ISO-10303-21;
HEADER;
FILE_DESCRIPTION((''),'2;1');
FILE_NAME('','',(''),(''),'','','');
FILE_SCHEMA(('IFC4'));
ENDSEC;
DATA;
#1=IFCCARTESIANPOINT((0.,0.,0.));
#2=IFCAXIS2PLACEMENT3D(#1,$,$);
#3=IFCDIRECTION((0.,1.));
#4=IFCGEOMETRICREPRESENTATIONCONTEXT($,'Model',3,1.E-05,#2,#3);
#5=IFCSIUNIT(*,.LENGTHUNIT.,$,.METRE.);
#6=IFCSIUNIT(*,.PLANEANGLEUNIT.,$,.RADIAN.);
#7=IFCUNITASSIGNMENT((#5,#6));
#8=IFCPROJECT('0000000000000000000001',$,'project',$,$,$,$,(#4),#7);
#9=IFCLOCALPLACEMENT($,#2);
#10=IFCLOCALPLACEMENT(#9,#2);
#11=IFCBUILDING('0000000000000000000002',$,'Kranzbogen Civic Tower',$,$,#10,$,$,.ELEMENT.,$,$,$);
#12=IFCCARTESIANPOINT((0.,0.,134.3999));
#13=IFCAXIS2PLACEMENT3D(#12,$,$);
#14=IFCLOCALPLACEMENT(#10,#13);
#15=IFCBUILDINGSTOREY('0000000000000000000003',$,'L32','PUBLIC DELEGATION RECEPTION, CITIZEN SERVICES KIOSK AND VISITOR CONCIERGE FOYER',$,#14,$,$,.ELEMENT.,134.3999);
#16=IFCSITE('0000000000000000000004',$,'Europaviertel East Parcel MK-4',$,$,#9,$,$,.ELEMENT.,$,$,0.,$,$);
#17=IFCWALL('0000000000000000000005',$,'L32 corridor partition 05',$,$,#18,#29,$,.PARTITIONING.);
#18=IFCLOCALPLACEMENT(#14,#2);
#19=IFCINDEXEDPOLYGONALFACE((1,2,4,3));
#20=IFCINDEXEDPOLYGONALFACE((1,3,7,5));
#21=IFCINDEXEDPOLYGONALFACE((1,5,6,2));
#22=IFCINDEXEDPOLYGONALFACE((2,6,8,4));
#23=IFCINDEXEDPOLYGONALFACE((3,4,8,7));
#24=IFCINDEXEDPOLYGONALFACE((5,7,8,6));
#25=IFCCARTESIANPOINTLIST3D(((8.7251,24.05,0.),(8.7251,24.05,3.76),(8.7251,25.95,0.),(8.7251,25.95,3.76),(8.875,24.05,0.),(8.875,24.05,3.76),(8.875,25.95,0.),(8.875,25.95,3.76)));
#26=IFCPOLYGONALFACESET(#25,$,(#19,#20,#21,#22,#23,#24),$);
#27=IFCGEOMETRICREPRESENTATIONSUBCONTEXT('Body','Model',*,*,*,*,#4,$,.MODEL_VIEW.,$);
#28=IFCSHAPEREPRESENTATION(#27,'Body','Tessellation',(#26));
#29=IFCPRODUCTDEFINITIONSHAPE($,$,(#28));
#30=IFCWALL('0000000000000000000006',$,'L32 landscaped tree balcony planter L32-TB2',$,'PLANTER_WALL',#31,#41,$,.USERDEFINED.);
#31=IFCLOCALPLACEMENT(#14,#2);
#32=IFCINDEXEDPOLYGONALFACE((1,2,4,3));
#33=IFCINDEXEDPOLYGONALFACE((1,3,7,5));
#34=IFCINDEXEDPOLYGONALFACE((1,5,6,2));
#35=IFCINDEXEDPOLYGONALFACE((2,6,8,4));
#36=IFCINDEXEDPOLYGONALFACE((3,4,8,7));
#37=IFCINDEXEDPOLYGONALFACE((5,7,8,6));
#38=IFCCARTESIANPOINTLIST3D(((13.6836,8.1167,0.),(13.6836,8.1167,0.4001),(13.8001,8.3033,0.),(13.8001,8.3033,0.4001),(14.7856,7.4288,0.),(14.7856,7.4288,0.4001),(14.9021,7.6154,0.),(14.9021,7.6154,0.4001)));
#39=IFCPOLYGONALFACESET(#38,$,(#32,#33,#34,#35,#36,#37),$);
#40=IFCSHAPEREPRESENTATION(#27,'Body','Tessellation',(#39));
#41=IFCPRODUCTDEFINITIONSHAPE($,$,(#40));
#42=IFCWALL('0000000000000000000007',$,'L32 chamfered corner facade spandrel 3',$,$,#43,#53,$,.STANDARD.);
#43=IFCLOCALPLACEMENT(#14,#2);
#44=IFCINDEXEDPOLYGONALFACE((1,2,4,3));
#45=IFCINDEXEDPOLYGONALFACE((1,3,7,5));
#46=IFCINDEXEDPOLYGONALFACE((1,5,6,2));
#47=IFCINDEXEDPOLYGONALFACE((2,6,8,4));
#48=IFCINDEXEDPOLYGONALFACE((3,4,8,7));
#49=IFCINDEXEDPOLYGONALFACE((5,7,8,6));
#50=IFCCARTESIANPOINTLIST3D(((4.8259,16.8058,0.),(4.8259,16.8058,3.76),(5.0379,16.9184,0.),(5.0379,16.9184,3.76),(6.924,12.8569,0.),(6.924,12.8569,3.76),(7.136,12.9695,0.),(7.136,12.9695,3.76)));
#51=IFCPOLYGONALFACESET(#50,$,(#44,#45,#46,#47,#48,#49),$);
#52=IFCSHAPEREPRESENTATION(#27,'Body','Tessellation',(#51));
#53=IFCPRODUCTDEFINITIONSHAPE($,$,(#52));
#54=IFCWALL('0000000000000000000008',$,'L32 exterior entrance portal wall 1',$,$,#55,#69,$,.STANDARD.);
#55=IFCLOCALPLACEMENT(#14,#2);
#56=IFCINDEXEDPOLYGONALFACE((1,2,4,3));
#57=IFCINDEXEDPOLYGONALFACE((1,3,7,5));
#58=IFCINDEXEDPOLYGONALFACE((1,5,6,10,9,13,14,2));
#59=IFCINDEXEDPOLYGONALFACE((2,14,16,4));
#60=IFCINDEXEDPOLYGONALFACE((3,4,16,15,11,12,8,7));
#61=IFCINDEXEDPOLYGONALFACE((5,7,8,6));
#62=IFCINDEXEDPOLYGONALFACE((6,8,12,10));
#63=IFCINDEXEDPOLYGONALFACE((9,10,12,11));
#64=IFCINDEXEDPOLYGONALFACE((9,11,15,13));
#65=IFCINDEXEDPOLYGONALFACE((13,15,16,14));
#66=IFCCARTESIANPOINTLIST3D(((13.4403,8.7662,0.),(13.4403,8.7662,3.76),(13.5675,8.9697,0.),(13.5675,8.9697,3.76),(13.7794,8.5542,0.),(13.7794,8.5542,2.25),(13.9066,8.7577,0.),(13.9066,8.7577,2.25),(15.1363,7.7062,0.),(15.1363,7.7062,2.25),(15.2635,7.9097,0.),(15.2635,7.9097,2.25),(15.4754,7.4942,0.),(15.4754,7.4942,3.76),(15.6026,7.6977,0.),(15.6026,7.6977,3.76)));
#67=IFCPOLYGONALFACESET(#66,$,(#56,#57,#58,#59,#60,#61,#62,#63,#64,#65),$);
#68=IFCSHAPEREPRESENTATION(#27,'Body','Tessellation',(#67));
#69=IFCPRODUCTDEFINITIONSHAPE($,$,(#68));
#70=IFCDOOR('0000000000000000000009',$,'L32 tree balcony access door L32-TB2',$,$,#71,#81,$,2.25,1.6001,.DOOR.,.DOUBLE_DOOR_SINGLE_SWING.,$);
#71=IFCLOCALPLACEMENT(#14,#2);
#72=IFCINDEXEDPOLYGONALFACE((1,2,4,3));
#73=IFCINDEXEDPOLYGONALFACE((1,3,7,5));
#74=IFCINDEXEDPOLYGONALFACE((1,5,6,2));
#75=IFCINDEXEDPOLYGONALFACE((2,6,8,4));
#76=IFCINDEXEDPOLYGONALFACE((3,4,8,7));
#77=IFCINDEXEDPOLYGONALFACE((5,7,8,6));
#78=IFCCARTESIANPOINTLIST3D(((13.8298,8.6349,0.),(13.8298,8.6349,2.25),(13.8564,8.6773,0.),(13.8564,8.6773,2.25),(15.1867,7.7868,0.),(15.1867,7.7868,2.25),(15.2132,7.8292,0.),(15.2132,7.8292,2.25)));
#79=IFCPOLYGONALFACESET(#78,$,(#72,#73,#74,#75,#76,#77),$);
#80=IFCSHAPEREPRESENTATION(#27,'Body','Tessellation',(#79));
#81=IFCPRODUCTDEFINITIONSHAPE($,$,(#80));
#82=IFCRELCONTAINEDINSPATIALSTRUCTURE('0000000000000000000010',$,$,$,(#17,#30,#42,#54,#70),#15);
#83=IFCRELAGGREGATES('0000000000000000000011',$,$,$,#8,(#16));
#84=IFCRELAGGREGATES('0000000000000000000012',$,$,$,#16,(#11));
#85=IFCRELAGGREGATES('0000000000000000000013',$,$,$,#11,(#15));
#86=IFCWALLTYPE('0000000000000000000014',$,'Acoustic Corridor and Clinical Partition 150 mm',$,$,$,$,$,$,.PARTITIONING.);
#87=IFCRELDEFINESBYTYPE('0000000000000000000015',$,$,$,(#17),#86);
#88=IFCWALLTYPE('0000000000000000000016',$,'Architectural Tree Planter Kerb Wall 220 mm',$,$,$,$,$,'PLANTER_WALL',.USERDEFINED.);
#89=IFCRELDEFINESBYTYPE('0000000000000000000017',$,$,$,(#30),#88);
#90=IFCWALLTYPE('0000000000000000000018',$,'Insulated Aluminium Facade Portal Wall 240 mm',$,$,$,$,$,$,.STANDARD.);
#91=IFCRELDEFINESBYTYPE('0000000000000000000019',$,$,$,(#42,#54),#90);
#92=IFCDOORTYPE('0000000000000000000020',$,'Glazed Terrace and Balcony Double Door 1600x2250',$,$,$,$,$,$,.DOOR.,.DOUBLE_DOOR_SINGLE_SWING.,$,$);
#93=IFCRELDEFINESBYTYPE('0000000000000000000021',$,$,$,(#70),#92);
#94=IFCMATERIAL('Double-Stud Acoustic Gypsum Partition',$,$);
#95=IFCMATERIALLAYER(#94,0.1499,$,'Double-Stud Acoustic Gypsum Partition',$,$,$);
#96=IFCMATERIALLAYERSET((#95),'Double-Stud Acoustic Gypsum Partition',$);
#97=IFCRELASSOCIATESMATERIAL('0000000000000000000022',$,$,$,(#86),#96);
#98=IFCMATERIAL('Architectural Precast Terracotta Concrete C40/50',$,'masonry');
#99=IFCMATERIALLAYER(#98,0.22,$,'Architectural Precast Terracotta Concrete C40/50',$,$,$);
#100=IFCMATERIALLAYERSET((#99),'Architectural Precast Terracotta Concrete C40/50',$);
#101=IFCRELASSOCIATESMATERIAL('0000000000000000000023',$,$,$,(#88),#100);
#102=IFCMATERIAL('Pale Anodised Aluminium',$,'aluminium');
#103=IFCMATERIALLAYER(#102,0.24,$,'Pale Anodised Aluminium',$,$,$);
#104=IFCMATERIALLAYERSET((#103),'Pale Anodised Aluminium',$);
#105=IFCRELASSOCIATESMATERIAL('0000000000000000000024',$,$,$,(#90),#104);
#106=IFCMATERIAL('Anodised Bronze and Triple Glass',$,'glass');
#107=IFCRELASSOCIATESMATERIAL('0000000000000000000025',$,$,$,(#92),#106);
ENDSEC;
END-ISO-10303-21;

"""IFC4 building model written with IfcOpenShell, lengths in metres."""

from ifc_helpers import new_model, si_unit, direction, frame, frame_2d, origin, place, context, subcontext, project, spatial, rectangle, extrude, material, layer, layer_set, type_object, element, fill, save


model = new_model("IFC4")

# Units and contexts
model_context = context("Model", 3, precision=1e-05, world=origin(), true_north=direction((0.0, 1.0)))
body_context = subcontext(model_context, "Body", "Model", "MODEL_VIEW")
ifc_project = project(units=[si_unit("LENGTHUNIT", "METRE"), si_unit("PLANEANGLEUNIT", "RADIAN")], contexts=[model_context])

# Site, building, storey
site_placement = place(None, origin())
site = spatial("IfcSite", under=ifc_project, at=site_placement, Name="Europaviertel East Parcel MK-4", CompositionType="ELEMENT", RefElevation=0.0)
building_placement = place(site_placement, origin())
building = spatial("IfcBuilding", under=site, at=building_placement, Name="Kranzbogen Civic Tower", CompositionType="ELEMENT")
storey_placement = place(building_placement, frame((0.0, 0.0, 134.3999)))
storey = spatial("IfcBuildingStorey", under=building, at=storey_placement, Name="L32", Description="PUBLIC DELEGATION RECEPTION, CITIZEN SERVICES KIOSK AND VISITOR CONCIERGE FOYER", CompositionType="ELEMENT", Elevation=134.3999)

# Shared definitions
ifc_material_1 = material(Name="Pale Anodised Aluminium", Category="aluminium")

# Walls
ifc_material_2 = material(Name="Double-Stud Acoustic Gypsum Partition")
ifc_layer_1 = layer(ifc_material_2, 0.1499, Name="Double-Stud Acoustic Gypsum Partition")
ifc_layer_set_1 = layer_set([ifc_layer_1], Name="Double-Stud Acoustic Gypsum Partition")
wall_type_1 = type_object("IfcWallType", Name="Acoustic Corridor and Clinical Partition 150 mm", PredefinedType="PARTITIONING", material=ifc_layer_set_1)
wall_1_placement = place(storey_placement, frame((8.8, 24.05, 0.0), z_axis=(0.0, 0.0, 1.0), x_axis=(0.0, 1.0, 0.0)))
element("IfcWall", 1, at=wall_1_placement, inside=storey, type_object=wall_type_1, Name="L32 corridor partition 05", PredefinedType="PARTITIONING", context=body_context, shape_type="SweptSolid", body=[
    extrude(rectangle(XDim=1.8999, YDim=0.1499, at=frame_2d((0.95, 0.0))), origin(), (0.0, 0.0, 1.0), 3.76),
])
ifc_material_3 = material(Name="Architectural Precast Terracotta Concrete C40/50", Category="masonry")
ifc_layer_2 = layer(ifc_material_3, 0.22, Name="Architectural Precast Terracotta Concrete C40/50")
ifc_layer_set_2 = layer_set([ifc_layer_2], Name="Architectural Precast Terracotta Concrete C40/50")
wall_type_2 = type_object("IfcWallType", Name="Architectural Tree Planter Kerb Wall 220 mm", ElementType="PLANTER_WALL", PredefinedType="USERDEFINED", material=ifc_layer_set_2)
wall_2_placement = place(storey_placement, frame((13.7419, 8.21, 0.0), z_axis=(0.0, 0.0, 1.0), x_axis=(0.848273, -0.52956, 0.0)))
element("IfcWall", 2, at=wall_2_placement, inside=storey, type_object=wall_type_2, Name="L32 landscaped tree balcony planter L32-TB2", ObjectType="PLANTER_WALL", PredefinedType="USERDEFINED", context=body_context, shape_type="SweptSolid", body=[
    extrude(rectangle(XDim=1.2991, YDim=0.22, at=frame_2d((0.6494, 0.0))), origin(), (0.0, 0.0, 1.0), 0.4001),
])
ifc_layer_3 = layer(ifc_material_1, 0.24, Name="Pale Anodised Aluminium")
ifc_layer_set_3 = layer_set([ifc_layer_3], Name="Pale Anodised Aluminium")
wall_type_3 = type_object("IfcWallType", Name="Insulated Aluminium Facade Portal Wall 240 mm", PredefinedType="STANDARD", material=ifc_layer_set_3)
wall_3_placement = place(storey_placement, frame((4.9319, 16.8621, 0.0), z_axis=(0.0, 0.0, 1.0), x_axis=(0.469199, -0.883092, 0.0)))
element("IfcWall", 3, at=wall_3_placement, inside=storey, type_object=wall_type_3, Name="L32 chamfered corner facade spandrel 3", PredefinedType="STANDARD", context=body_context, shape_type="SweptSolid", body=[
    extrude(rectangle(XDim=4.4717, YDim=0.24, at=frame_2d((2.2358, 0.0))), origin(), (0.0, 0.0, 1.0), 3.76),
])

# Wall, opening, door
wall_4_placement = place(storey_placement, frame((13.5039, 8.8679, 0.0), z_axis=(0.0, 0.0, 1.0), x_axis=(0.847998, -0.529999, 0.0)))
wall_4 = element("IfcWall", 4, at=wall_4_placement, inside=storey, type_object=wall_type_3, Name="L32 exterior entrance portal wall 1", PredefinedType="STANDARD", context=body_context, shape_type="SweptSolid", body=[
    extrude(rectangle(XDim=2.3999, YDim=0.24, at=frame_2d((1.2, 0.0))), origin(), (0.0, 0.0, 1.0), 3.76),
])
opening_placement = place(wall_4_placement, frame((0.3999, 0.0, 0.0)))
opening = element("IfcOpeningElement", 5, at=opening_placement, cuts=wall_4, PredefinedType="OPENING", context=body_context, shape_type="SweptSolid", body=[
    extrude(rectangle(XDim=1.6001, YDim=2.25, at=frame_2d((0.8, 1.125))), frame((0.0, 0.1299, 0.0), z_axis=(0.0, -1.0, 0.0), x_axis=(1.0, 0.0, 0.0)), (0.0, 0.0, 1.0), 0.26),
])
ifc_material_4 = material(Name="Anodised Bronze and Triple Glass", Category="glass")
door_type = type_object("IfcDoorType", Name="Glazed Terrace and Balcony Double Door 1600x2250", OperationType="DOUBLE_DOOR_SINGLE_SWING", PredefinedType="DOOR", material=ifc_material_4)
door_placement = place(opening_placement, frame((1.6001, 0.0, 0.0), z_axis=(0.0, 0.0, 1.0), x_axis=(-1.0, 0.0, 0.0)))
door = element("IfcDoor", 6, at=door_placement, inside=storey, type_object=door_type, Name="L32 tree balcony access door L32-TB2", OperationType="DOUBLE_DOOR_SINGLE_SWING", OverallHeight=2.25, OverallWidth=1.6001, PredefinedType="DOOR", context=body_context, shape_type="SweptSolid", body=[
    extrude(rectangle(XDim=1.6001, YDim=2.25, at=frame_2d((0.8, 1.125))), frame((0.0, 0.0249, 0.0), z_axis=(0.0, -1.0, 0.0), x_axis=(1.0, 0.0, 0.0)), (0.0, 0.0, 1.0), 0.05),
])
fill(opening, door)

save(model, "model.ifc")
